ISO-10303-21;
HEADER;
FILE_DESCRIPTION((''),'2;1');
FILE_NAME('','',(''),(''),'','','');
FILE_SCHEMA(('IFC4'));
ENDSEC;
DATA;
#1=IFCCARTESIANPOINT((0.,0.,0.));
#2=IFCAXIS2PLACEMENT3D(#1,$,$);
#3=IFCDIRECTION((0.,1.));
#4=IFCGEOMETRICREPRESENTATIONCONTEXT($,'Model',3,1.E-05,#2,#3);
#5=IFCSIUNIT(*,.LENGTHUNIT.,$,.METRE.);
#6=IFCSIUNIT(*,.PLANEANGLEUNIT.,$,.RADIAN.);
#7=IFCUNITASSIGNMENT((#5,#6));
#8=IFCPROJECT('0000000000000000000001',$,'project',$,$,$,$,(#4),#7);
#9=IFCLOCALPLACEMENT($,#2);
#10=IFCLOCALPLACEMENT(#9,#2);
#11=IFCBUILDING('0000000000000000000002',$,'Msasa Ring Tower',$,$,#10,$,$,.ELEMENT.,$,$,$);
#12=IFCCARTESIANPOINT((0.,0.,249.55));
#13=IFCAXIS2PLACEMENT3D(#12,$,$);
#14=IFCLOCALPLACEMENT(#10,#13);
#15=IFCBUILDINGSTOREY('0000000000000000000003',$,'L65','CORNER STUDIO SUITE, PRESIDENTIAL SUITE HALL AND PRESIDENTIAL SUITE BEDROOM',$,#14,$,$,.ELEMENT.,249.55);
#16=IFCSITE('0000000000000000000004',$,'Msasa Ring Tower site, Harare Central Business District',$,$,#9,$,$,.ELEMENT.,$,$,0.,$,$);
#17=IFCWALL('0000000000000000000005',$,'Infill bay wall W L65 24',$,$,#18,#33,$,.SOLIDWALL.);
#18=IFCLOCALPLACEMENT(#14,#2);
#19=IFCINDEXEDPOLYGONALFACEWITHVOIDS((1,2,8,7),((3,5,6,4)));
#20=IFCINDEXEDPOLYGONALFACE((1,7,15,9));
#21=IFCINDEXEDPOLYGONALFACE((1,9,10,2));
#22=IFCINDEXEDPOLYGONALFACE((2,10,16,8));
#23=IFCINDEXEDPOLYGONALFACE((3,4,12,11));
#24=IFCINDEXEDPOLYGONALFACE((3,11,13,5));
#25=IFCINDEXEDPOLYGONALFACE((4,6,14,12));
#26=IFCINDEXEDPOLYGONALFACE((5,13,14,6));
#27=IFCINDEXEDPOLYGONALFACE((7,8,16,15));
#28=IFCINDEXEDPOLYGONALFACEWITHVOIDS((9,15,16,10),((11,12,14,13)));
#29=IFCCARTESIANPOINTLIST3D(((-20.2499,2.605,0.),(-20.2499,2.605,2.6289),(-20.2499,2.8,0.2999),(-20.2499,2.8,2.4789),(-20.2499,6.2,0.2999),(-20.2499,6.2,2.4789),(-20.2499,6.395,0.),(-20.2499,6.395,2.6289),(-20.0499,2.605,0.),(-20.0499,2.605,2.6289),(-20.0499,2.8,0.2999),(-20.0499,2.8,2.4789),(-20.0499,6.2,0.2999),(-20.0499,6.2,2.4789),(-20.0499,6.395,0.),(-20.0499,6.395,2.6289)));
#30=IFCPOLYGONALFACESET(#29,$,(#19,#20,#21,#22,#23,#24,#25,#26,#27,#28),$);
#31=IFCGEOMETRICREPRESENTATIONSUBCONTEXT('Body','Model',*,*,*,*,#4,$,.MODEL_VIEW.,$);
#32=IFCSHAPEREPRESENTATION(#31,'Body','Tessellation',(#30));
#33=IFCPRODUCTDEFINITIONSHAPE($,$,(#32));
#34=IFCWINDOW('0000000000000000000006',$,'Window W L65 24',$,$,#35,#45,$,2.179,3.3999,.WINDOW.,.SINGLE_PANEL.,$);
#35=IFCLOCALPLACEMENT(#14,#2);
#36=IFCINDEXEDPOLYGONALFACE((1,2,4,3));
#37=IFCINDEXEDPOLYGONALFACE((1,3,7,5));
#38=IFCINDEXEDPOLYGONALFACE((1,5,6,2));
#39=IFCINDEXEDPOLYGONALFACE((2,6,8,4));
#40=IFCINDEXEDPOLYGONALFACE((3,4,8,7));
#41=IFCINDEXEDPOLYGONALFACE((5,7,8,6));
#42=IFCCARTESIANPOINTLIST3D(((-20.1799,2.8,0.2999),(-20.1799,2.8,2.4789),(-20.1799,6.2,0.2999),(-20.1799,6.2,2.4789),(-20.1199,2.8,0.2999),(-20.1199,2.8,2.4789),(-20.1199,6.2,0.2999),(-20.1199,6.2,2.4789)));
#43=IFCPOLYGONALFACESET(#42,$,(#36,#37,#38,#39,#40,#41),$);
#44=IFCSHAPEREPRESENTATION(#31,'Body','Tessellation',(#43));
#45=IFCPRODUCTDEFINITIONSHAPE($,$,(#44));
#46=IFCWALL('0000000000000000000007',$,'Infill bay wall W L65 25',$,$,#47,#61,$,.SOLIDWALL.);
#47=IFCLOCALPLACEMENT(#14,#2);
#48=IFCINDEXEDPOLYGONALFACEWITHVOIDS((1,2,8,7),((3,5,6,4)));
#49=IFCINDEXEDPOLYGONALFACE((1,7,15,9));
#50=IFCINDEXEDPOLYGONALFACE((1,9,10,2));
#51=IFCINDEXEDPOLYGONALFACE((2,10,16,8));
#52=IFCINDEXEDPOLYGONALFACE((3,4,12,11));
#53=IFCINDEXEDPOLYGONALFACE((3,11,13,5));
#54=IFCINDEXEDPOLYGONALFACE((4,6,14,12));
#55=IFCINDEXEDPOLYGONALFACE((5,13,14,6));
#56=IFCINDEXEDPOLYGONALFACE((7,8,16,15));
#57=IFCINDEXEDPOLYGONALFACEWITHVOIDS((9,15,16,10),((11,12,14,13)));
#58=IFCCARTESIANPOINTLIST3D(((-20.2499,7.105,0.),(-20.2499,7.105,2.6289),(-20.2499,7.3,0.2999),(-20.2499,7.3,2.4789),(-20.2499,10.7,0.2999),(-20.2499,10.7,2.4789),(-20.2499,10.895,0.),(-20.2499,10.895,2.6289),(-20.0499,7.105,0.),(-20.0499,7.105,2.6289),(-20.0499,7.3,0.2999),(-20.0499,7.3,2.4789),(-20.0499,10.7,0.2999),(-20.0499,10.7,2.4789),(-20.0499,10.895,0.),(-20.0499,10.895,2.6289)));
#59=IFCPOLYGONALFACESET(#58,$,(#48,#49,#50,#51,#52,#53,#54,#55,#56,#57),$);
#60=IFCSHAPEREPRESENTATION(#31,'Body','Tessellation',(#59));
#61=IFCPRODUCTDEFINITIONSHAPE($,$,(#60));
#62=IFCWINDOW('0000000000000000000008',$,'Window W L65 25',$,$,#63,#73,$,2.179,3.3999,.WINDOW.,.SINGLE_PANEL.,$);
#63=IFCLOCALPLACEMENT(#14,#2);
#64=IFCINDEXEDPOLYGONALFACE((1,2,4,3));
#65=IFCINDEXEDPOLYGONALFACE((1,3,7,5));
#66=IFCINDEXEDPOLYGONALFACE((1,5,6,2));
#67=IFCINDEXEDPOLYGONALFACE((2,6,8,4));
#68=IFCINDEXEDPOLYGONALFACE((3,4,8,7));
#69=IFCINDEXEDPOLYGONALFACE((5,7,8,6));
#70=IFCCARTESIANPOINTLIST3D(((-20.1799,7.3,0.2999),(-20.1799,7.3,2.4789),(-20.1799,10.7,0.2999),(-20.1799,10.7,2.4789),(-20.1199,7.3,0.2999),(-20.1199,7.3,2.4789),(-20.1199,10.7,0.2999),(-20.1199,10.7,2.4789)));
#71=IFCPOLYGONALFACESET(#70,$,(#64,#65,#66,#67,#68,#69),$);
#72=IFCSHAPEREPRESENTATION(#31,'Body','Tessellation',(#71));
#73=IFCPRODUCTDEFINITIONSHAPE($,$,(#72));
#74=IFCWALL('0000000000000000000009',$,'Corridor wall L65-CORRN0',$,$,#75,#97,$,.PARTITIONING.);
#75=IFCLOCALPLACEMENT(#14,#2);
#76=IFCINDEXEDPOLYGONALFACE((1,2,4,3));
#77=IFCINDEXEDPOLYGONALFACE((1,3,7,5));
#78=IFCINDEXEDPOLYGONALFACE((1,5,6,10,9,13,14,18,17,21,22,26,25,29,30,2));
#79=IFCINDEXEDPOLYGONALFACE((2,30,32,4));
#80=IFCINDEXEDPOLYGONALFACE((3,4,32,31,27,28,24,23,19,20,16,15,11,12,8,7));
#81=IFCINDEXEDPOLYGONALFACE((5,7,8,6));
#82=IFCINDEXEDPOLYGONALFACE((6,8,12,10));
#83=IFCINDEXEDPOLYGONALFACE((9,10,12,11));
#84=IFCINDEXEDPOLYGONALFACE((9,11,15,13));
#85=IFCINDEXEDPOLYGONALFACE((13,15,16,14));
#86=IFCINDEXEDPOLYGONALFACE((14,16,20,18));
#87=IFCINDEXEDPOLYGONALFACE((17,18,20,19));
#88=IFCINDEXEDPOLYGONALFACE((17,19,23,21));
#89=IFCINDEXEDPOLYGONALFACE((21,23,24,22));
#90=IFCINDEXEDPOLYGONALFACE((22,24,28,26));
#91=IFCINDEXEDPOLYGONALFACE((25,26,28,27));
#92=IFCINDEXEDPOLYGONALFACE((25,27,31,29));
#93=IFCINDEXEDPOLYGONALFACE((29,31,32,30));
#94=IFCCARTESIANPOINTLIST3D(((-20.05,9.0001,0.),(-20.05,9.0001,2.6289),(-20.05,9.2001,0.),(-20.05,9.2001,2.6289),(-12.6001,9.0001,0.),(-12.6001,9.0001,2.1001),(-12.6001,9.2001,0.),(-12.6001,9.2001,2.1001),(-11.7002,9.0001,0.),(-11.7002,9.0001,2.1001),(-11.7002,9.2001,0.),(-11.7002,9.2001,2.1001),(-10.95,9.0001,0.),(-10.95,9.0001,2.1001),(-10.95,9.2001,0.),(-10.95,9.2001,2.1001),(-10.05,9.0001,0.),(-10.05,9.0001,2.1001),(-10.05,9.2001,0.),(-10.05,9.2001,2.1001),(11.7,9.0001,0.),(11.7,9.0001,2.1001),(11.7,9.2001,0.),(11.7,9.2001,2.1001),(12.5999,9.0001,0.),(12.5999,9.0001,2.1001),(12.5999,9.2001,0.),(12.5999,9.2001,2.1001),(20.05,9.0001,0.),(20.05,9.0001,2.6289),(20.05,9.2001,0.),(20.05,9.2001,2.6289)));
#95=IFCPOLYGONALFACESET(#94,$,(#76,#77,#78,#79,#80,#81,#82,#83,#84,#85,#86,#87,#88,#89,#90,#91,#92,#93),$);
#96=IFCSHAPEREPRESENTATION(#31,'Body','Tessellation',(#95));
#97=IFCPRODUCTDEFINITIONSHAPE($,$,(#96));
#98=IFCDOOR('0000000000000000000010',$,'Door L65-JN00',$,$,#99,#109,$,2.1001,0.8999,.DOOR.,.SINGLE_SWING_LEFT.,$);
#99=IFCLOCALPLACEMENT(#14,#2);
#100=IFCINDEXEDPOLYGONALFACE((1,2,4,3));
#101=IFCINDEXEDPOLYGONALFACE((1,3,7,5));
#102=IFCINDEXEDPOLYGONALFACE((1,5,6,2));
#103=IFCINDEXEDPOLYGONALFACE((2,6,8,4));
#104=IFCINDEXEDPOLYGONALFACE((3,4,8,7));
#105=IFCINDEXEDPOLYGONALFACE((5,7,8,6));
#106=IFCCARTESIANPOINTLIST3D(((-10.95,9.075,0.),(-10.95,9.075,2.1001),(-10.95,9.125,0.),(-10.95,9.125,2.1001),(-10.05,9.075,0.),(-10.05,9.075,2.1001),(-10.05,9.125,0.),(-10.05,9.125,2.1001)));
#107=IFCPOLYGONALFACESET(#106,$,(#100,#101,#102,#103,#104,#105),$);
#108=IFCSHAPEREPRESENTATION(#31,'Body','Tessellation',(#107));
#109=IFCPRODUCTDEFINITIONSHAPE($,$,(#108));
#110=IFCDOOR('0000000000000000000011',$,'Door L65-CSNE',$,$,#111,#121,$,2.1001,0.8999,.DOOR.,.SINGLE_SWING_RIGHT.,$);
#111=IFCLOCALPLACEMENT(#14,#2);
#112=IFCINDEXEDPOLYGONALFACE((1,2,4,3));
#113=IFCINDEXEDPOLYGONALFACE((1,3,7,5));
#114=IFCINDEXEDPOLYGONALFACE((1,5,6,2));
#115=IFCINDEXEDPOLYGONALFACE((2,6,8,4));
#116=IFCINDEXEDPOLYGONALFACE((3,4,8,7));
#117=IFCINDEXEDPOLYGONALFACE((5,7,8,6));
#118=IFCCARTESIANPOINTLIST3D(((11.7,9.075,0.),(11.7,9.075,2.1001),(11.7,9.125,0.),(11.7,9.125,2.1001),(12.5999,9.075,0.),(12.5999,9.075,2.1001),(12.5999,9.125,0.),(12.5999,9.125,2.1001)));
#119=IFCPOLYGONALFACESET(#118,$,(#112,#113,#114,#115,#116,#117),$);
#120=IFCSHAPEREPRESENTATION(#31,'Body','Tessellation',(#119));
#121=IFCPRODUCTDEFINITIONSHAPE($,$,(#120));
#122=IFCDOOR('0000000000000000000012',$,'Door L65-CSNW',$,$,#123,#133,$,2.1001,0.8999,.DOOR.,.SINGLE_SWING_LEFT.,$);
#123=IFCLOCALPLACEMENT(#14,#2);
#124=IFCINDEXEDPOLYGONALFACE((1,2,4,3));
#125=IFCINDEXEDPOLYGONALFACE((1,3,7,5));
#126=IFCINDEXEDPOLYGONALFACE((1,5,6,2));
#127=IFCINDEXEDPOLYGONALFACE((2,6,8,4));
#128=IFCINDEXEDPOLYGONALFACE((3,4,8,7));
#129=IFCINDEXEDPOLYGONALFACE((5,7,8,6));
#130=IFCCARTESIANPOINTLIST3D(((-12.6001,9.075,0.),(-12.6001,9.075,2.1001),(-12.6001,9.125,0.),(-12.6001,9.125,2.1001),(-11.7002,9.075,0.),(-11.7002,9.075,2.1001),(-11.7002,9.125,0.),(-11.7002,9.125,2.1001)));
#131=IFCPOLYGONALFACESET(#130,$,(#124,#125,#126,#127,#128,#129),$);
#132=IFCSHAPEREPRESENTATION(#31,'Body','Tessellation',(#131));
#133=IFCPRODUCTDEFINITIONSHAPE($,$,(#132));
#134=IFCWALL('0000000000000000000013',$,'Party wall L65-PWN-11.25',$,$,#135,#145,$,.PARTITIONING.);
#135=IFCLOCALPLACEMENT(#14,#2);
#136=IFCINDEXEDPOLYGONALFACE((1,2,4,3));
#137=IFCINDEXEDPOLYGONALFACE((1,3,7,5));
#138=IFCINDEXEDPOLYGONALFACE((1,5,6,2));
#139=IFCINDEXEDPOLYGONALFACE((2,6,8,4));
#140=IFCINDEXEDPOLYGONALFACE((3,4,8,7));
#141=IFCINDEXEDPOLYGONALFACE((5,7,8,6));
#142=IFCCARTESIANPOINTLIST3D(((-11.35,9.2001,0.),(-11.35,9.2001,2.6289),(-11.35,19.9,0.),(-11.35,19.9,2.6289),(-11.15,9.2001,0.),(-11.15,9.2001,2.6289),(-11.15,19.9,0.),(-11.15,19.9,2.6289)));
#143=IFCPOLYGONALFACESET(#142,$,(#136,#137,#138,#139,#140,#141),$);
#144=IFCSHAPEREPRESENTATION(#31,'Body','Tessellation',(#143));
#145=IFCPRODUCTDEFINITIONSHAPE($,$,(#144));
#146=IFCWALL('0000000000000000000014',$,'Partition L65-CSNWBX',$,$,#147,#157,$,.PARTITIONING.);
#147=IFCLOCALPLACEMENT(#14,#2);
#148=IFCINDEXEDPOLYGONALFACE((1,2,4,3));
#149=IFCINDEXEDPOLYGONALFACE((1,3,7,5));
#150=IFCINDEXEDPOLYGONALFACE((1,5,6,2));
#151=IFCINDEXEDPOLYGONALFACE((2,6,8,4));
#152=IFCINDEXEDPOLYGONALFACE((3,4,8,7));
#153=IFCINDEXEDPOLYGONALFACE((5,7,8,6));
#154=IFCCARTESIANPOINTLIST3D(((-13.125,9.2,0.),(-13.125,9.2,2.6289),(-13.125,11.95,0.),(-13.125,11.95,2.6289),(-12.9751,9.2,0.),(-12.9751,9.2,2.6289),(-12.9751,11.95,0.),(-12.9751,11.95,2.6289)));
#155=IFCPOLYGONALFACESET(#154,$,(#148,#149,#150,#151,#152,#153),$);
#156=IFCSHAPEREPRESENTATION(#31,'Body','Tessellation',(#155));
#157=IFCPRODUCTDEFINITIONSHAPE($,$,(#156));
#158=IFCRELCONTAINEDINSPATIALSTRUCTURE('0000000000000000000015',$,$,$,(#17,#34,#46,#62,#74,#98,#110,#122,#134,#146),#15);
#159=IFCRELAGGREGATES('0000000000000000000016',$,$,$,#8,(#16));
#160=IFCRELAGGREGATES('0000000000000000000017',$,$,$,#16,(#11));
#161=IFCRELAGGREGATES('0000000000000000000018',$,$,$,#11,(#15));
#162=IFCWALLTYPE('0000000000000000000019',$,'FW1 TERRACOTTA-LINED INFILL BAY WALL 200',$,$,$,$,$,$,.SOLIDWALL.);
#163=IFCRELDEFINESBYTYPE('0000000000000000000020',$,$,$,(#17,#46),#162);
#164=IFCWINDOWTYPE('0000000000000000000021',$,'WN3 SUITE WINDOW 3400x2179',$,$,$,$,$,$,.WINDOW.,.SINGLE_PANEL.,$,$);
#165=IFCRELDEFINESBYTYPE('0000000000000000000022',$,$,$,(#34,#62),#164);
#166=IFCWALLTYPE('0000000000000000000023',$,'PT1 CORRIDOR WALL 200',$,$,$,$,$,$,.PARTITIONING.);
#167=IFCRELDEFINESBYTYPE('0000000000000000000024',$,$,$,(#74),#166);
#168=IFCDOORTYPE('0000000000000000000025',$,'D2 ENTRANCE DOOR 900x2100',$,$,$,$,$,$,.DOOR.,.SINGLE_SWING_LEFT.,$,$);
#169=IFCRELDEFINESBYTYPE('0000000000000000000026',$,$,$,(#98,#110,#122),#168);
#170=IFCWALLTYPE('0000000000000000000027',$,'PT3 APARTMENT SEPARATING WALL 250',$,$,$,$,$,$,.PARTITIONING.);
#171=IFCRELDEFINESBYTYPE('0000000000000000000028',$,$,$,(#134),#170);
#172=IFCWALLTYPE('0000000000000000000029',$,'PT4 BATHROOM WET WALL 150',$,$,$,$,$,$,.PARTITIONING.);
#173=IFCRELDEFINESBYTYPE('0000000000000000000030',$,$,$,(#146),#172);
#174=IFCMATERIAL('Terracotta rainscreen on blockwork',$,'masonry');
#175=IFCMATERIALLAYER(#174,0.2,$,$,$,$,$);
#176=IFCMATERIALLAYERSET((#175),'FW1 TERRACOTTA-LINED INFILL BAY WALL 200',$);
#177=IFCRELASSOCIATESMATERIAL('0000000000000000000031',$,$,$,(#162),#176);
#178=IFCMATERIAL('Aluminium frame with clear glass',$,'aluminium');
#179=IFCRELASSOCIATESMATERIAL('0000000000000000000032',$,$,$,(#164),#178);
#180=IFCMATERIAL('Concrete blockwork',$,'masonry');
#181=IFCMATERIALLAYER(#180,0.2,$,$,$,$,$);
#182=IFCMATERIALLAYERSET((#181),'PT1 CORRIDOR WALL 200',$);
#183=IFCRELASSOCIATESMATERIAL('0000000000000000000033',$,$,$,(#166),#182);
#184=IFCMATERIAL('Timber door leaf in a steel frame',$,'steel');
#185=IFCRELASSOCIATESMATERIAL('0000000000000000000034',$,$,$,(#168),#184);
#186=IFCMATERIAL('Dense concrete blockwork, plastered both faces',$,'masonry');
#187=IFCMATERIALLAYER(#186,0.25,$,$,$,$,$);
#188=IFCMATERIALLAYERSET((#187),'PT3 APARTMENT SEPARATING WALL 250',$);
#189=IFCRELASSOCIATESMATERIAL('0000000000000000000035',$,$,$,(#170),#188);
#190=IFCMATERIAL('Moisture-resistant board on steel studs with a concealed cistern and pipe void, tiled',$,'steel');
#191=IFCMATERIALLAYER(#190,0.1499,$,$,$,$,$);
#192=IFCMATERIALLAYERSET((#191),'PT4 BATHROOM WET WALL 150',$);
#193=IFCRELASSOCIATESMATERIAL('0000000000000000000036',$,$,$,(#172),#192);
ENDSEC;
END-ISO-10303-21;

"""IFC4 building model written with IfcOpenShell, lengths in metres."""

from ifc_helpers import new_model, si_unit, direction, frame, frame_2d, origin, place, context, subcontext, project, spatial, rectangle, extrude, material, layer, layer_set, type_object, element, fill, save


model = new_model("IFC4")

# Units and contexts
model_context = context("Model", 3, precision=1e-05, world=origin(), true_north=direction((0.0, 1.0)))
body_context = subcontext(model_context, "Body", "Model", "MODEL_VIEW")
ifc_project = project(units=[si_unit("LENGTHUNIT", "METRE"), si_unit("PLANEANGLEUNIT", "RADIAN")], contexts=[model_context])

# Site, building, storey
site_placement = place(None, origin())
site = spatial("IfcSite", under=ifc_project, at=site_placement, Name="Msasa Ring Tower site, Harare Central Business District", CompositionType="ELEMENT", RefElevation=0.0)
building_placement = place(site_placement, origin())
building = spatial("IfcBuilding", under=site, at=building_placement, Name="Msasa Ring Tower", CompositionType="ELEMENT")
storey_placement = place(building_placement, frame((0.0, 0.0, 249.55)))
storey = spatial("IfcBuildingStorey", under=building, at=storey_placement, Name="L65", Description="CORNER STUDIO SUITE, PRESIDENTIAL SUITE HALL AND PRESIDENTIAL SUITE BEDROOM", CompositionType="ELEMENT", Elevation=249.55)

# Walls, openings, windows
ifc_material_1 = material(Name="Terracotta rainscreen on blockwork", Category="masonry")
ifc_layer_1 = layer(ifc_material_1, 0.2)
ifc_layer_set_1 = layer_set([ifc_layer_1], Name="FW1 TERRACOTTA-LINED INFILL BAY WALL 200")
wall_type_1 = type_object("IfcWallType", Name="FW1 TERRACOTTA-LINED INFILL BAY WALL 200", PredefinedType="SOLIDWALL", material=ifc_layer_set_1)
wall_1_placement = place(storey_placement, frame((-20.1499, 2.605, 0.0), z_axis=(0.0, 0.0, 1.0), x_axis=(0.0, 1.0, 0.0)))
wall_1 = element("IfcWall", 1, at=wall_1_placement, inside=storey, type_object=wall_type_1, Name="Infill bay wall W L65 24", PredefinedType="SOLIDWALL", context=body_context, shape_type="SweptSolid", body=[
    extrude(rectangle(XDim=3.79, YDim=0.2, at=frame_2d((1.895, 0.0))), origin(), (0.0, 0.0, 1.0), 2.6289),
])
opening_1_placement = place(wall_1_placement, frame((0.1951, 0.0, 0.3)))
opening_1 = element("IfcOpeningElement", 2, at=opening_1_placement, cuts=wall_1, PredefinedType="OPENING", context=body_context, shape_type="SweptSolid", body=[
    extrude(rectangle(XDim=3.3999, YDim=2.179, at=frame_2d((1.7, 1.0894))), frame((0.0, 0.1099, 0.0), z_axis=(0.0, -1.0, 0.0), x_axis=(1.0, 0.0, 0.0)), (0.0, 0.0, 1.0), 0.22),
])
ifc_material_2 = material(Name="Aluminium frame with clear glass", Category="aluminium")
window_type = type_object("IfcWindowType", Name="WN3 SUITE WINDOW 3400x2179", PartitioningType="SINGLE_PANEL", PredefinedType="WINDOW", material=ifc_material_2)
window_1_placement = place(opening_1_placement, origin())
window_1 = element("IfcWindow", 3, at=window_1_placement, inside=storey, type_object=window_type, Name="Window W L65 24", OverallHeight=2.179, OverallWidth=3.3999, PartitioningType="SINGLE_PANEL", PredefinedType="WINDOW", context=body_context, shape_type="SweptSolid", body=[
    extrude(rectangle(XDim=3.3999, YDim=2.179, at=frame_2d((1.7, 1.0894))), frame((0.0, 0.03, 0.0), z_axis=(0.0, -1.0, 0.0), x_axis=(1.0, 0.0, 0.0)), (0.0, 0.0, 1.0), 0.0601),
])
fill(opening_1, window_1)
wall_2_placement = place(storey_placement, frame((-20.1499, 7.105, 0.0), z_axis=(0.0, 0.0, 1.0), x_axis=(0.0, 1.0, 0.0)))
wall_2 = element("IfcWall", 4, at=wall_2_placement, inside=storey, type_object=wall_type_1, Name="Infill bay wall W L65 25", PredefinedType="SOLIDWALL", context=body_context, shape_type="SweptSolid", body=[
    extrude(rectangle(XDim=3.79, YDim=0.2, at=frame_2d((1.895, 0.0))), origin(), (0.0, 0.0, 1.0), 2.6289),
])
opening_2_placement = place(wall_2_placement, frame((0.1951, 0.0, 0.3)))
opening_2 = element("IfcOpeningElement", 5, at=opening_2_placement, cuts=wall_2, PredefinedType="OPENING", context=body_context, shape_type="SweptSolid", body=[
    extrude(rectangle(XDim=3.3999, YDim=2.179, at=frame_2d((1.7, 1.0894))), frame((0.0, 0.1099, 0.0), z_axis=(0.0, -1.0, 0.0), x_axis=(1.0, 0.0, 0.0)), (0.0, 0.0, 1.0), 0.22),
])
window_2_placement = place(opening_2_placement, origin())
window_2 = element("IfcWindow", 6, at=window_2_placement, inside=storey, type_object=window_type, Name="Window W L65 25", OverallHeight=2.179, OverallWidth=3.3999, PartitioningType="SINGLE_PANEL", PredefinedType="WINDOW", context=body_context, shape_type="SweptSolid", body=[
    extrude(rectangle(XDim=3.3999, YDim=2.179, at=frame_2d((1.7, 1.0894))), frame((0.0, 0.03, 0.0), z_axis=(0.0, -1.0, 0.0), x_axis=(1.0, 0.0, 0.0)), (0.0, 0.0, 1.0), 0.0601),
])
fill(opening_2, window_2)

# Wall, openings, doors
ifc_material_3 = material(Name="Concrete blockwork", Category="masonry")
ifc_layer_2 = layer(ifc_material_3, 0.2)
ifc_layer_set_2 = layer_set([ifc_layer_2], Name="PT1 CORRIDOR WALL 200")
wall_type_2 = type_object("IfcWallType", Name="PT1 CORRIDOR WALL 200", PredefinedType="PARTITIONING", material=ifc_layer_set_2)
wall_3_placement = place(storey_placement, frame((-20.05, 9.1001, 0.0), z_axis=(0.0, 0.0, 1.0), x_axis=(1.0, 0.0, 0.0)))
wall_3 = element("IfcWall", 7, at=wall_3_placement, inside=storey, type_object=wall_type_2, Name="Corridor wall L65-CORRN0", PredefinedType="PARTITIONING", context=body_context, shape_type="SweptSolid", body=[
    extrude(rectangle(XDim=40.1001, YDim=0.2, at=frame_2d((20.05, 0.0))), origin(), (0.0, 0.0, 1.0), 2.6289),
])
opening_3_placement = place(wall_3_placement, frame((9.1001, 0.0, 0.0)))
opening_3 = element("IfcOpeningElement", 8, at=opening_3_placement, cuts=wall_3, PredefinedType="OPENING", context=body_context, shape_type="SweptSolid", body=[
    extrude(rectangle(XDim=0.8999, YDim=2.1001, at=frame_2d((0.45, 1.05))), frame((0.0, 0.1099, 0.0), z_axis=(0.0, -1.0, 0.0), x_axis=(1.0, 0.0, 0.0)), (0.0, 0.0, 1.0), 0.22),
])
opening_4_placement = place(wall_3_placement, frame((31.75, 0.0, 0.0)))
opening_4 = element("IfcOpeningElement", 9, at=opening_4_placement, cuts=wall_3, PredefinedType="OPENING", context=body_context, shape_type="SweptSolid", body=[
    extrude(rectangle(XDim=0.8999, YDim=2.1001, at=frame_2d((0.45, 1.05))), frame((0.0, 0.1099, 0.0), z_axis=(0.0, -1.0, 0.0), x_axis=(1.0, 0.0, 0.0)), (0.0, 0.0, 1.0), 0.22),
])
opening_5_placement = place(wall_3_placement, frame((7.45, 0.0, 0.0)))
opening_5 = element("IfcOpeningElement", 10, at=opening_5_placement, cuts=wall_3, PredefinedType="OPENING", context=body_context, shape_type="SweptSolid", body=[
    extrude(rectangle(XDim=0.8999, YDim=2.1001, at=frame_2d((0.45, 1.05))), frame((0.0, 0.1099, 0.0), z_axis=(0.0, -1.0, 0.0), x_axis=(1.0, 0.0, 0.0)), (0.0, 0.0, 1.0), 0.22),
])
ifc_material_4 = material(Name="Timber door leaf in a steel frame", Category="steel")
door_type_1 = type_object("IfcDoorType", Name="D2 ENTRANCE DOOR 900x2100", OperationType="SINGLE_SWING_LEFT", PredefinedType="DOOR", material=ifc_material_4)
door_1_placement = place(opening_3_placement, origin())
door_1 = element("IfcDoor", 11, at=door_1_placement, inside=storey, type_object=door_type_1, Name="Door L65-JN00", OperationType="SINGLE_SWING_LEFT", OverallHeight=2.1001, OverallWidth=0.8999, PredefinedType="DOOR", context=body_context, shape_type="SweptSolid", body=[
    extrude(rectangle(XDim=0.8999, YDim=2.1001, at=frame_2d((0.45, 1.05))), frame((0.0, 0.0249, 0.0), z_axis=(0.0, -1.0, 0.0), x_axis=(1.0, 0.0, 0.0)), (0.0, 0.0, 1.0), 0.05),
])
fill(opening_3, door_1)
door_2_placement = place(opening_4_placement, origin())
door_2 = element("IfcDoor", 12, at=door_2_placement, inside=storey, type_object=door_type_1, Name="Door L65-CSNE", OperationType="SINGLE_SWING_RIGHT", OverallHeight=2.1001, OverallWidth=0.8999, PredefinedType="DOOR", context=body_context, shape_type="SweptSolid", body=[
    extrude(rectangle(XDim=0.8999, YDim=2.1001, at=frame_2d((0.45, 1.05))), frame((0.0, 0.0249, 0.0), z_axis=(0.0, -1.0, 0.0), x_axis=(1.0, 0.0, 0.0)), (0.0, 0.0, 1.0), 0.05),
])
fill(opening_4, door_2)
door_3_placement = place(opening_5_placement, origin())
door_3 = element("IfcDoor", 13, at=door_3_placement, inside=storey, type_object=door_type_1, Name="Door L65-CSNW", OperationType="SINGLE_SWING_LEFT", OverallHeight=2.1001, OverallWidth=0.8999, PredefinedType="DOOR", context=body_context, shape_type="SweptSolid", body=[
    extrude(rectangle(XDim=0.8999, YDim=2.1001, at=frame_2d((0.45, 1.05))), frame((0.0, 0.0249, 0.0), z_axis=(0.0, -1.0, 0.0), x_axis=(1.0, 0.0, 0.0)), (0.0, 0.0, 1.0), 0.05),
])
fill(opening_5, door_3)

# Walls
ifc_material_5 = material(Name="Dense concrete blockwork, plastered both faces", Category="masonry")
ifc_layer_3 = layer(ifc_material_5, 0.25)
ifc_layer_set_3 = layer_set([ifc_layer_3], Name="PT3 APARTMENT SEPARATING WALL 250")
wall_type_3 = type_object("IfcWallType", Name="PT3 APARTMENT SEPARATING WALL 250", PredefinedType="PARTITIONING", material=ifc_layer_set_3)
wall_4_placement = place(storey_placement, frame((-11.25, 9.2, 0.0), z_axis=(0.0, 0.0, 1.0), x_axis=(0.0, 1.0, 0.0)))
element("IfcWall", 14, at=wall_4_placement, inside=storey, type_object=wall_type_3, Name="Party wall L65-PWN-11.25", PredefinedType="PARTITIONING", context=body_context, shape_type="SweptSolid", body=[
    extrude(rectangle(XDim=10.7, YDim=0.2, at=frame_2d((5.3501, 0.0))), origin(), (0.0, 0.0, 1.0), 2.6289),
])
ifc_material_6 = material(Name="Moisture-resistant board on steel studs with a concealed cistern and pipe void, tiled", Category="steel")
ifc_layer_4 = layer(ifc_material_6, 0.1499)
ifc_layer_set_4 = layer_set([ifc_layer_4], Name="PT4 BATHROOM WET WALL 150")
wall_type_4 = type_object("IfcWallType", Name="PT4 BATHROOM WET WALL 150", PredefinedType="PARTITIONING", material=ifc_layer_set_4)
wall_5_placement = place(storey_placement, frame((-13.05, 9.2, 0.0), z_axis=(0.0, 0.0, 1.0), x_axis=(0.0, 1.0, 0.0)))
element("IfcWall", 15, at=wall_5_placement, inside=storey, type_object=wall_type_4, Name="Partition L65-CSNWBX", PredefinedType="PARTITIONING", context=body_context, shape_type="SweptSolid", body=[
    extrude(rectangle(XDim=2.75, YDim=0.1499, at=frame_2d((1.375, 0.0))), origin(), (0.0, 0.0, 1.0), 2.6289),
])

save(model, "model.ifc")
